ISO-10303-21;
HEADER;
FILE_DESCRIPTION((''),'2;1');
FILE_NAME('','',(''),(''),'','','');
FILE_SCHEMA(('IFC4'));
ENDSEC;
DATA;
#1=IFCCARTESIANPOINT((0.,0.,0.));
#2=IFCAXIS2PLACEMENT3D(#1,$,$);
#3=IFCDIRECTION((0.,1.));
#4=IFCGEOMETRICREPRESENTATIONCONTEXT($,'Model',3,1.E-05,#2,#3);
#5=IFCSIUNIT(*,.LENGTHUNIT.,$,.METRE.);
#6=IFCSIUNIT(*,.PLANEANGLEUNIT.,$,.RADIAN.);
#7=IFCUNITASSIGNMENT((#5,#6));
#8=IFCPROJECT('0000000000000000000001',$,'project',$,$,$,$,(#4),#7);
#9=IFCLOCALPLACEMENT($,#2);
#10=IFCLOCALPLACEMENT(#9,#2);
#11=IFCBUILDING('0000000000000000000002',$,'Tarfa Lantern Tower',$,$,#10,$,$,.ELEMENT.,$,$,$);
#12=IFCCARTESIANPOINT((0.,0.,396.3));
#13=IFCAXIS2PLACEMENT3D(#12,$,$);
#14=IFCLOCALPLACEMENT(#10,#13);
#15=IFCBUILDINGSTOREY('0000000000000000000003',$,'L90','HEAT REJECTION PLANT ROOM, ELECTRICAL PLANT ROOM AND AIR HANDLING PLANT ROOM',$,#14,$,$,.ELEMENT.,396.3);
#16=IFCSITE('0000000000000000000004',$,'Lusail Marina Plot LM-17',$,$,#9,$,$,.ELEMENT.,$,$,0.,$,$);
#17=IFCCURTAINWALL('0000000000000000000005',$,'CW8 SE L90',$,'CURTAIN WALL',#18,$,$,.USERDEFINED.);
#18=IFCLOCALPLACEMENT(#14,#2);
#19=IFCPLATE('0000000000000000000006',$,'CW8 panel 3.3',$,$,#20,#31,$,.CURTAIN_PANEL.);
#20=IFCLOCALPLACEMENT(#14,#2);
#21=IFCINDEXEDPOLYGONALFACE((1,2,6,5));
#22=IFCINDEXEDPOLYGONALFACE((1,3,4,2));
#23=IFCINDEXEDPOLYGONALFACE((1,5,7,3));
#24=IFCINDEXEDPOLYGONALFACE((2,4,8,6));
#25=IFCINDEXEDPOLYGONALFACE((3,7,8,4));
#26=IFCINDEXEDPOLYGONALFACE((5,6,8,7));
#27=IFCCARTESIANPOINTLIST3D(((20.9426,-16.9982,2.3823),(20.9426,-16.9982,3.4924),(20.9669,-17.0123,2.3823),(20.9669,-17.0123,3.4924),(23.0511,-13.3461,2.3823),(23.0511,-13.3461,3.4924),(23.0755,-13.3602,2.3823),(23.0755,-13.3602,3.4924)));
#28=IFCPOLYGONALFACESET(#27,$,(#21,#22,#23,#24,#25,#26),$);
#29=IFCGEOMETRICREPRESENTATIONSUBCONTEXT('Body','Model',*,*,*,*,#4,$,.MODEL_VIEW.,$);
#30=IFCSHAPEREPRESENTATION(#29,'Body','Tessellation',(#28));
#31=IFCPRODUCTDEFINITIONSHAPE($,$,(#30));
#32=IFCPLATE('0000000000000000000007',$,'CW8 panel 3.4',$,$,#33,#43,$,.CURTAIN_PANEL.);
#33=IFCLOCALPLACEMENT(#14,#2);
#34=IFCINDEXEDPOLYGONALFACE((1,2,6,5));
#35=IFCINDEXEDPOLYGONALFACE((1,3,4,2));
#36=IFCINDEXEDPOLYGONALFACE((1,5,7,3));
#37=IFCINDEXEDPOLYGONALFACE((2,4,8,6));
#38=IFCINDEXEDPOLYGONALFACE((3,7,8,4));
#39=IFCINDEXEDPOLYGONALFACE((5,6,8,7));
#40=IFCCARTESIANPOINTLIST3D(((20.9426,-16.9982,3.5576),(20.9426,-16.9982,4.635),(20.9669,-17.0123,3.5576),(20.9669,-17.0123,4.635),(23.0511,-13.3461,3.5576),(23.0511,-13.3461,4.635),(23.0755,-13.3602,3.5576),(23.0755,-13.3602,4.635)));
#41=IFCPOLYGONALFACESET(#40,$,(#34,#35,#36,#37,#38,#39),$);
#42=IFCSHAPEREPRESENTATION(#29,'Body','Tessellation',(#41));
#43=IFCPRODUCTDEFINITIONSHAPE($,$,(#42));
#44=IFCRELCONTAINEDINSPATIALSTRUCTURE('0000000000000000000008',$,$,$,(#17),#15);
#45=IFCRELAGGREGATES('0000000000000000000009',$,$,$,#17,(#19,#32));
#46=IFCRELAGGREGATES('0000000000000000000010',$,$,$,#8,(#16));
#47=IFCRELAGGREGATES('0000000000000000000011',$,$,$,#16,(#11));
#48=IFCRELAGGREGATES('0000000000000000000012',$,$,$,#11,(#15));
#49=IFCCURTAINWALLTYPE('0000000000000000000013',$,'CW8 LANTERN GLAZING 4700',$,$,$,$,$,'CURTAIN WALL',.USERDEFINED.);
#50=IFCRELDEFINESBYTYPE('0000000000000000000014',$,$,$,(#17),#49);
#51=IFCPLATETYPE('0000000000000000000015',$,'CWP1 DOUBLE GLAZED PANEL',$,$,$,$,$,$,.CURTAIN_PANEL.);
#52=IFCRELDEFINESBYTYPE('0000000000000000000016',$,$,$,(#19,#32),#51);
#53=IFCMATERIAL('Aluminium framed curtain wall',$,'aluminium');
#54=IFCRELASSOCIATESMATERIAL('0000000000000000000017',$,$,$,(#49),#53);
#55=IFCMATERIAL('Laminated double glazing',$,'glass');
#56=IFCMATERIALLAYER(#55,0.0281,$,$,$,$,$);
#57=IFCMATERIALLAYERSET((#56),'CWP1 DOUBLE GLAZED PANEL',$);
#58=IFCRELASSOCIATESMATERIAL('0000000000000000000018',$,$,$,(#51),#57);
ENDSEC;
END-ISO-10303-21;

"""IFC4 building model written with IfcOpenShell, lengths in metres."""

from ifc_helpers import new_model, si_unit, direction, frame, origin, origin_2d, place, context, subcontext, project, spatial, rectangle, extrude, material, layer, layer_set, type_object, element, aggregate, save


model = new_model("IFC4")

# Units and contexts
model_context = context("Model", 3, precision=1e-05, world=origin(), true_north=direction((0.0, 1.0)))
body_context = subcontext(model_context, "Body", "Model", "MODEL_VIEW")
ifc_project = project(units=[si_unit("LENGTHUNIT", "METRE"), si_unit("PLANEANGLEUNIT", "RADIAN")], contexts=[model_context])

# Site, building, storey
site_placement = place(None, origin())
site = spatial("IfcSite", under=ifc_project, at=site_placement, Name="Lusail Marina Plot LM-17", CompositionType="ELEMENT", RefElevation=0.0)
building_placement = place(site_placement, origin())
building = spatial("IfcBuilding", under=site, at=building_placement, Name="Tarfa Lantern Tower", CompositionType="ELEMENT")
storey_placement = place(building_placement, frame((0.0, 0.0, 396.3)))
storey = spatial("IfcBuildingStorey", under=building, at=storey_placement, Name="L90", Description="HEAT REJECTION PLANT ROOM, ELECTRICAL PLANT ROOM AND AIR HANDLING PLANT ROOM", CompositionType="ELEMENT", Elevation=396.3)

# Shared definitions
ifc_material_1 = material(Name="Aluminium framed curtain wall", Category="aluminium")
curtain_wall_type = type_object("IfcCurtainWallType", Name="CW8 LANTERN GLAZING 4700", ElementType="CURTAIN WALL", PredefinedType="USERDEFINED", material=ifc_material_1)

# Curtain wall
curtain_wall_1_placement = place(storey_placement, origin())
curtain_wall_1 = element("IfcCurtainWall", 1, at=curtain_wall_1_placement, inside=storey, type_object=curtain_wall_type, Name="CW8 SE L90", ObjectType="CURTAIN WALL", PredefinedType="USERDEFINED")

# Plates
ifc_material_2 = material(Name="Laminated double glazing", Category="glass")
ifc_layer = layer(ifc_material_2, 0.0281)
ifc_layer_set = layer_set([ifc_layer], Name="CWP1 DOUBLE GLAZED PANEL")
plate_type = type_object("IfcPlateType", Name="CWP1 DOUBLE GLAZED PANEL", PredefinedType="CURTAIN_PANEL", material=ifc_layer_set)
plate_1_placement = place(storey_placement, frame((22.009, -15.1792, 2.3823), z_axis=(0.0, 0.0, 1.0), x_axis=(0.5, 0.866025, 0.0)))
plate_1 = element("IfcPlate", 2, at=plate_1_placement, type_object=plate_type, Name="CW8 panel 3.3", PredefinedType="CURTAIN_PANEL", context=body_context, shape_type="SweptSolid", body=[
    extrude(rectangle(XDim=4.217, YDim=0.0281, at=origin_2d()), origin(), (0.0, 0.0, 1.0), 1.1101),
])
plate_2_placement = place(storey_placement, frame((22.009, -15.1792, 3.5576), z_axis=(0.0, 0.0, 1.0), x_axis=(0.5, 0.866025, 0.0)))
plate_2 = element("IfcPlate", 3, at=plate_2_placement, type_object=plate_type, Name="CW8 panel 3.4", PredefinedType="CURTAIN_PANEL", context=body_context, shape_type="SweptSolid", body=[
    extrude(rectangle(XDim=4.217, YDim=0.0281, at=origin_2d()), origin(), (0.0, 0.0, 1.0), 1.0774),
])
aggregate(curtain_wall_1, [plate_1, plate_2])

save(model, "model.ifc")
